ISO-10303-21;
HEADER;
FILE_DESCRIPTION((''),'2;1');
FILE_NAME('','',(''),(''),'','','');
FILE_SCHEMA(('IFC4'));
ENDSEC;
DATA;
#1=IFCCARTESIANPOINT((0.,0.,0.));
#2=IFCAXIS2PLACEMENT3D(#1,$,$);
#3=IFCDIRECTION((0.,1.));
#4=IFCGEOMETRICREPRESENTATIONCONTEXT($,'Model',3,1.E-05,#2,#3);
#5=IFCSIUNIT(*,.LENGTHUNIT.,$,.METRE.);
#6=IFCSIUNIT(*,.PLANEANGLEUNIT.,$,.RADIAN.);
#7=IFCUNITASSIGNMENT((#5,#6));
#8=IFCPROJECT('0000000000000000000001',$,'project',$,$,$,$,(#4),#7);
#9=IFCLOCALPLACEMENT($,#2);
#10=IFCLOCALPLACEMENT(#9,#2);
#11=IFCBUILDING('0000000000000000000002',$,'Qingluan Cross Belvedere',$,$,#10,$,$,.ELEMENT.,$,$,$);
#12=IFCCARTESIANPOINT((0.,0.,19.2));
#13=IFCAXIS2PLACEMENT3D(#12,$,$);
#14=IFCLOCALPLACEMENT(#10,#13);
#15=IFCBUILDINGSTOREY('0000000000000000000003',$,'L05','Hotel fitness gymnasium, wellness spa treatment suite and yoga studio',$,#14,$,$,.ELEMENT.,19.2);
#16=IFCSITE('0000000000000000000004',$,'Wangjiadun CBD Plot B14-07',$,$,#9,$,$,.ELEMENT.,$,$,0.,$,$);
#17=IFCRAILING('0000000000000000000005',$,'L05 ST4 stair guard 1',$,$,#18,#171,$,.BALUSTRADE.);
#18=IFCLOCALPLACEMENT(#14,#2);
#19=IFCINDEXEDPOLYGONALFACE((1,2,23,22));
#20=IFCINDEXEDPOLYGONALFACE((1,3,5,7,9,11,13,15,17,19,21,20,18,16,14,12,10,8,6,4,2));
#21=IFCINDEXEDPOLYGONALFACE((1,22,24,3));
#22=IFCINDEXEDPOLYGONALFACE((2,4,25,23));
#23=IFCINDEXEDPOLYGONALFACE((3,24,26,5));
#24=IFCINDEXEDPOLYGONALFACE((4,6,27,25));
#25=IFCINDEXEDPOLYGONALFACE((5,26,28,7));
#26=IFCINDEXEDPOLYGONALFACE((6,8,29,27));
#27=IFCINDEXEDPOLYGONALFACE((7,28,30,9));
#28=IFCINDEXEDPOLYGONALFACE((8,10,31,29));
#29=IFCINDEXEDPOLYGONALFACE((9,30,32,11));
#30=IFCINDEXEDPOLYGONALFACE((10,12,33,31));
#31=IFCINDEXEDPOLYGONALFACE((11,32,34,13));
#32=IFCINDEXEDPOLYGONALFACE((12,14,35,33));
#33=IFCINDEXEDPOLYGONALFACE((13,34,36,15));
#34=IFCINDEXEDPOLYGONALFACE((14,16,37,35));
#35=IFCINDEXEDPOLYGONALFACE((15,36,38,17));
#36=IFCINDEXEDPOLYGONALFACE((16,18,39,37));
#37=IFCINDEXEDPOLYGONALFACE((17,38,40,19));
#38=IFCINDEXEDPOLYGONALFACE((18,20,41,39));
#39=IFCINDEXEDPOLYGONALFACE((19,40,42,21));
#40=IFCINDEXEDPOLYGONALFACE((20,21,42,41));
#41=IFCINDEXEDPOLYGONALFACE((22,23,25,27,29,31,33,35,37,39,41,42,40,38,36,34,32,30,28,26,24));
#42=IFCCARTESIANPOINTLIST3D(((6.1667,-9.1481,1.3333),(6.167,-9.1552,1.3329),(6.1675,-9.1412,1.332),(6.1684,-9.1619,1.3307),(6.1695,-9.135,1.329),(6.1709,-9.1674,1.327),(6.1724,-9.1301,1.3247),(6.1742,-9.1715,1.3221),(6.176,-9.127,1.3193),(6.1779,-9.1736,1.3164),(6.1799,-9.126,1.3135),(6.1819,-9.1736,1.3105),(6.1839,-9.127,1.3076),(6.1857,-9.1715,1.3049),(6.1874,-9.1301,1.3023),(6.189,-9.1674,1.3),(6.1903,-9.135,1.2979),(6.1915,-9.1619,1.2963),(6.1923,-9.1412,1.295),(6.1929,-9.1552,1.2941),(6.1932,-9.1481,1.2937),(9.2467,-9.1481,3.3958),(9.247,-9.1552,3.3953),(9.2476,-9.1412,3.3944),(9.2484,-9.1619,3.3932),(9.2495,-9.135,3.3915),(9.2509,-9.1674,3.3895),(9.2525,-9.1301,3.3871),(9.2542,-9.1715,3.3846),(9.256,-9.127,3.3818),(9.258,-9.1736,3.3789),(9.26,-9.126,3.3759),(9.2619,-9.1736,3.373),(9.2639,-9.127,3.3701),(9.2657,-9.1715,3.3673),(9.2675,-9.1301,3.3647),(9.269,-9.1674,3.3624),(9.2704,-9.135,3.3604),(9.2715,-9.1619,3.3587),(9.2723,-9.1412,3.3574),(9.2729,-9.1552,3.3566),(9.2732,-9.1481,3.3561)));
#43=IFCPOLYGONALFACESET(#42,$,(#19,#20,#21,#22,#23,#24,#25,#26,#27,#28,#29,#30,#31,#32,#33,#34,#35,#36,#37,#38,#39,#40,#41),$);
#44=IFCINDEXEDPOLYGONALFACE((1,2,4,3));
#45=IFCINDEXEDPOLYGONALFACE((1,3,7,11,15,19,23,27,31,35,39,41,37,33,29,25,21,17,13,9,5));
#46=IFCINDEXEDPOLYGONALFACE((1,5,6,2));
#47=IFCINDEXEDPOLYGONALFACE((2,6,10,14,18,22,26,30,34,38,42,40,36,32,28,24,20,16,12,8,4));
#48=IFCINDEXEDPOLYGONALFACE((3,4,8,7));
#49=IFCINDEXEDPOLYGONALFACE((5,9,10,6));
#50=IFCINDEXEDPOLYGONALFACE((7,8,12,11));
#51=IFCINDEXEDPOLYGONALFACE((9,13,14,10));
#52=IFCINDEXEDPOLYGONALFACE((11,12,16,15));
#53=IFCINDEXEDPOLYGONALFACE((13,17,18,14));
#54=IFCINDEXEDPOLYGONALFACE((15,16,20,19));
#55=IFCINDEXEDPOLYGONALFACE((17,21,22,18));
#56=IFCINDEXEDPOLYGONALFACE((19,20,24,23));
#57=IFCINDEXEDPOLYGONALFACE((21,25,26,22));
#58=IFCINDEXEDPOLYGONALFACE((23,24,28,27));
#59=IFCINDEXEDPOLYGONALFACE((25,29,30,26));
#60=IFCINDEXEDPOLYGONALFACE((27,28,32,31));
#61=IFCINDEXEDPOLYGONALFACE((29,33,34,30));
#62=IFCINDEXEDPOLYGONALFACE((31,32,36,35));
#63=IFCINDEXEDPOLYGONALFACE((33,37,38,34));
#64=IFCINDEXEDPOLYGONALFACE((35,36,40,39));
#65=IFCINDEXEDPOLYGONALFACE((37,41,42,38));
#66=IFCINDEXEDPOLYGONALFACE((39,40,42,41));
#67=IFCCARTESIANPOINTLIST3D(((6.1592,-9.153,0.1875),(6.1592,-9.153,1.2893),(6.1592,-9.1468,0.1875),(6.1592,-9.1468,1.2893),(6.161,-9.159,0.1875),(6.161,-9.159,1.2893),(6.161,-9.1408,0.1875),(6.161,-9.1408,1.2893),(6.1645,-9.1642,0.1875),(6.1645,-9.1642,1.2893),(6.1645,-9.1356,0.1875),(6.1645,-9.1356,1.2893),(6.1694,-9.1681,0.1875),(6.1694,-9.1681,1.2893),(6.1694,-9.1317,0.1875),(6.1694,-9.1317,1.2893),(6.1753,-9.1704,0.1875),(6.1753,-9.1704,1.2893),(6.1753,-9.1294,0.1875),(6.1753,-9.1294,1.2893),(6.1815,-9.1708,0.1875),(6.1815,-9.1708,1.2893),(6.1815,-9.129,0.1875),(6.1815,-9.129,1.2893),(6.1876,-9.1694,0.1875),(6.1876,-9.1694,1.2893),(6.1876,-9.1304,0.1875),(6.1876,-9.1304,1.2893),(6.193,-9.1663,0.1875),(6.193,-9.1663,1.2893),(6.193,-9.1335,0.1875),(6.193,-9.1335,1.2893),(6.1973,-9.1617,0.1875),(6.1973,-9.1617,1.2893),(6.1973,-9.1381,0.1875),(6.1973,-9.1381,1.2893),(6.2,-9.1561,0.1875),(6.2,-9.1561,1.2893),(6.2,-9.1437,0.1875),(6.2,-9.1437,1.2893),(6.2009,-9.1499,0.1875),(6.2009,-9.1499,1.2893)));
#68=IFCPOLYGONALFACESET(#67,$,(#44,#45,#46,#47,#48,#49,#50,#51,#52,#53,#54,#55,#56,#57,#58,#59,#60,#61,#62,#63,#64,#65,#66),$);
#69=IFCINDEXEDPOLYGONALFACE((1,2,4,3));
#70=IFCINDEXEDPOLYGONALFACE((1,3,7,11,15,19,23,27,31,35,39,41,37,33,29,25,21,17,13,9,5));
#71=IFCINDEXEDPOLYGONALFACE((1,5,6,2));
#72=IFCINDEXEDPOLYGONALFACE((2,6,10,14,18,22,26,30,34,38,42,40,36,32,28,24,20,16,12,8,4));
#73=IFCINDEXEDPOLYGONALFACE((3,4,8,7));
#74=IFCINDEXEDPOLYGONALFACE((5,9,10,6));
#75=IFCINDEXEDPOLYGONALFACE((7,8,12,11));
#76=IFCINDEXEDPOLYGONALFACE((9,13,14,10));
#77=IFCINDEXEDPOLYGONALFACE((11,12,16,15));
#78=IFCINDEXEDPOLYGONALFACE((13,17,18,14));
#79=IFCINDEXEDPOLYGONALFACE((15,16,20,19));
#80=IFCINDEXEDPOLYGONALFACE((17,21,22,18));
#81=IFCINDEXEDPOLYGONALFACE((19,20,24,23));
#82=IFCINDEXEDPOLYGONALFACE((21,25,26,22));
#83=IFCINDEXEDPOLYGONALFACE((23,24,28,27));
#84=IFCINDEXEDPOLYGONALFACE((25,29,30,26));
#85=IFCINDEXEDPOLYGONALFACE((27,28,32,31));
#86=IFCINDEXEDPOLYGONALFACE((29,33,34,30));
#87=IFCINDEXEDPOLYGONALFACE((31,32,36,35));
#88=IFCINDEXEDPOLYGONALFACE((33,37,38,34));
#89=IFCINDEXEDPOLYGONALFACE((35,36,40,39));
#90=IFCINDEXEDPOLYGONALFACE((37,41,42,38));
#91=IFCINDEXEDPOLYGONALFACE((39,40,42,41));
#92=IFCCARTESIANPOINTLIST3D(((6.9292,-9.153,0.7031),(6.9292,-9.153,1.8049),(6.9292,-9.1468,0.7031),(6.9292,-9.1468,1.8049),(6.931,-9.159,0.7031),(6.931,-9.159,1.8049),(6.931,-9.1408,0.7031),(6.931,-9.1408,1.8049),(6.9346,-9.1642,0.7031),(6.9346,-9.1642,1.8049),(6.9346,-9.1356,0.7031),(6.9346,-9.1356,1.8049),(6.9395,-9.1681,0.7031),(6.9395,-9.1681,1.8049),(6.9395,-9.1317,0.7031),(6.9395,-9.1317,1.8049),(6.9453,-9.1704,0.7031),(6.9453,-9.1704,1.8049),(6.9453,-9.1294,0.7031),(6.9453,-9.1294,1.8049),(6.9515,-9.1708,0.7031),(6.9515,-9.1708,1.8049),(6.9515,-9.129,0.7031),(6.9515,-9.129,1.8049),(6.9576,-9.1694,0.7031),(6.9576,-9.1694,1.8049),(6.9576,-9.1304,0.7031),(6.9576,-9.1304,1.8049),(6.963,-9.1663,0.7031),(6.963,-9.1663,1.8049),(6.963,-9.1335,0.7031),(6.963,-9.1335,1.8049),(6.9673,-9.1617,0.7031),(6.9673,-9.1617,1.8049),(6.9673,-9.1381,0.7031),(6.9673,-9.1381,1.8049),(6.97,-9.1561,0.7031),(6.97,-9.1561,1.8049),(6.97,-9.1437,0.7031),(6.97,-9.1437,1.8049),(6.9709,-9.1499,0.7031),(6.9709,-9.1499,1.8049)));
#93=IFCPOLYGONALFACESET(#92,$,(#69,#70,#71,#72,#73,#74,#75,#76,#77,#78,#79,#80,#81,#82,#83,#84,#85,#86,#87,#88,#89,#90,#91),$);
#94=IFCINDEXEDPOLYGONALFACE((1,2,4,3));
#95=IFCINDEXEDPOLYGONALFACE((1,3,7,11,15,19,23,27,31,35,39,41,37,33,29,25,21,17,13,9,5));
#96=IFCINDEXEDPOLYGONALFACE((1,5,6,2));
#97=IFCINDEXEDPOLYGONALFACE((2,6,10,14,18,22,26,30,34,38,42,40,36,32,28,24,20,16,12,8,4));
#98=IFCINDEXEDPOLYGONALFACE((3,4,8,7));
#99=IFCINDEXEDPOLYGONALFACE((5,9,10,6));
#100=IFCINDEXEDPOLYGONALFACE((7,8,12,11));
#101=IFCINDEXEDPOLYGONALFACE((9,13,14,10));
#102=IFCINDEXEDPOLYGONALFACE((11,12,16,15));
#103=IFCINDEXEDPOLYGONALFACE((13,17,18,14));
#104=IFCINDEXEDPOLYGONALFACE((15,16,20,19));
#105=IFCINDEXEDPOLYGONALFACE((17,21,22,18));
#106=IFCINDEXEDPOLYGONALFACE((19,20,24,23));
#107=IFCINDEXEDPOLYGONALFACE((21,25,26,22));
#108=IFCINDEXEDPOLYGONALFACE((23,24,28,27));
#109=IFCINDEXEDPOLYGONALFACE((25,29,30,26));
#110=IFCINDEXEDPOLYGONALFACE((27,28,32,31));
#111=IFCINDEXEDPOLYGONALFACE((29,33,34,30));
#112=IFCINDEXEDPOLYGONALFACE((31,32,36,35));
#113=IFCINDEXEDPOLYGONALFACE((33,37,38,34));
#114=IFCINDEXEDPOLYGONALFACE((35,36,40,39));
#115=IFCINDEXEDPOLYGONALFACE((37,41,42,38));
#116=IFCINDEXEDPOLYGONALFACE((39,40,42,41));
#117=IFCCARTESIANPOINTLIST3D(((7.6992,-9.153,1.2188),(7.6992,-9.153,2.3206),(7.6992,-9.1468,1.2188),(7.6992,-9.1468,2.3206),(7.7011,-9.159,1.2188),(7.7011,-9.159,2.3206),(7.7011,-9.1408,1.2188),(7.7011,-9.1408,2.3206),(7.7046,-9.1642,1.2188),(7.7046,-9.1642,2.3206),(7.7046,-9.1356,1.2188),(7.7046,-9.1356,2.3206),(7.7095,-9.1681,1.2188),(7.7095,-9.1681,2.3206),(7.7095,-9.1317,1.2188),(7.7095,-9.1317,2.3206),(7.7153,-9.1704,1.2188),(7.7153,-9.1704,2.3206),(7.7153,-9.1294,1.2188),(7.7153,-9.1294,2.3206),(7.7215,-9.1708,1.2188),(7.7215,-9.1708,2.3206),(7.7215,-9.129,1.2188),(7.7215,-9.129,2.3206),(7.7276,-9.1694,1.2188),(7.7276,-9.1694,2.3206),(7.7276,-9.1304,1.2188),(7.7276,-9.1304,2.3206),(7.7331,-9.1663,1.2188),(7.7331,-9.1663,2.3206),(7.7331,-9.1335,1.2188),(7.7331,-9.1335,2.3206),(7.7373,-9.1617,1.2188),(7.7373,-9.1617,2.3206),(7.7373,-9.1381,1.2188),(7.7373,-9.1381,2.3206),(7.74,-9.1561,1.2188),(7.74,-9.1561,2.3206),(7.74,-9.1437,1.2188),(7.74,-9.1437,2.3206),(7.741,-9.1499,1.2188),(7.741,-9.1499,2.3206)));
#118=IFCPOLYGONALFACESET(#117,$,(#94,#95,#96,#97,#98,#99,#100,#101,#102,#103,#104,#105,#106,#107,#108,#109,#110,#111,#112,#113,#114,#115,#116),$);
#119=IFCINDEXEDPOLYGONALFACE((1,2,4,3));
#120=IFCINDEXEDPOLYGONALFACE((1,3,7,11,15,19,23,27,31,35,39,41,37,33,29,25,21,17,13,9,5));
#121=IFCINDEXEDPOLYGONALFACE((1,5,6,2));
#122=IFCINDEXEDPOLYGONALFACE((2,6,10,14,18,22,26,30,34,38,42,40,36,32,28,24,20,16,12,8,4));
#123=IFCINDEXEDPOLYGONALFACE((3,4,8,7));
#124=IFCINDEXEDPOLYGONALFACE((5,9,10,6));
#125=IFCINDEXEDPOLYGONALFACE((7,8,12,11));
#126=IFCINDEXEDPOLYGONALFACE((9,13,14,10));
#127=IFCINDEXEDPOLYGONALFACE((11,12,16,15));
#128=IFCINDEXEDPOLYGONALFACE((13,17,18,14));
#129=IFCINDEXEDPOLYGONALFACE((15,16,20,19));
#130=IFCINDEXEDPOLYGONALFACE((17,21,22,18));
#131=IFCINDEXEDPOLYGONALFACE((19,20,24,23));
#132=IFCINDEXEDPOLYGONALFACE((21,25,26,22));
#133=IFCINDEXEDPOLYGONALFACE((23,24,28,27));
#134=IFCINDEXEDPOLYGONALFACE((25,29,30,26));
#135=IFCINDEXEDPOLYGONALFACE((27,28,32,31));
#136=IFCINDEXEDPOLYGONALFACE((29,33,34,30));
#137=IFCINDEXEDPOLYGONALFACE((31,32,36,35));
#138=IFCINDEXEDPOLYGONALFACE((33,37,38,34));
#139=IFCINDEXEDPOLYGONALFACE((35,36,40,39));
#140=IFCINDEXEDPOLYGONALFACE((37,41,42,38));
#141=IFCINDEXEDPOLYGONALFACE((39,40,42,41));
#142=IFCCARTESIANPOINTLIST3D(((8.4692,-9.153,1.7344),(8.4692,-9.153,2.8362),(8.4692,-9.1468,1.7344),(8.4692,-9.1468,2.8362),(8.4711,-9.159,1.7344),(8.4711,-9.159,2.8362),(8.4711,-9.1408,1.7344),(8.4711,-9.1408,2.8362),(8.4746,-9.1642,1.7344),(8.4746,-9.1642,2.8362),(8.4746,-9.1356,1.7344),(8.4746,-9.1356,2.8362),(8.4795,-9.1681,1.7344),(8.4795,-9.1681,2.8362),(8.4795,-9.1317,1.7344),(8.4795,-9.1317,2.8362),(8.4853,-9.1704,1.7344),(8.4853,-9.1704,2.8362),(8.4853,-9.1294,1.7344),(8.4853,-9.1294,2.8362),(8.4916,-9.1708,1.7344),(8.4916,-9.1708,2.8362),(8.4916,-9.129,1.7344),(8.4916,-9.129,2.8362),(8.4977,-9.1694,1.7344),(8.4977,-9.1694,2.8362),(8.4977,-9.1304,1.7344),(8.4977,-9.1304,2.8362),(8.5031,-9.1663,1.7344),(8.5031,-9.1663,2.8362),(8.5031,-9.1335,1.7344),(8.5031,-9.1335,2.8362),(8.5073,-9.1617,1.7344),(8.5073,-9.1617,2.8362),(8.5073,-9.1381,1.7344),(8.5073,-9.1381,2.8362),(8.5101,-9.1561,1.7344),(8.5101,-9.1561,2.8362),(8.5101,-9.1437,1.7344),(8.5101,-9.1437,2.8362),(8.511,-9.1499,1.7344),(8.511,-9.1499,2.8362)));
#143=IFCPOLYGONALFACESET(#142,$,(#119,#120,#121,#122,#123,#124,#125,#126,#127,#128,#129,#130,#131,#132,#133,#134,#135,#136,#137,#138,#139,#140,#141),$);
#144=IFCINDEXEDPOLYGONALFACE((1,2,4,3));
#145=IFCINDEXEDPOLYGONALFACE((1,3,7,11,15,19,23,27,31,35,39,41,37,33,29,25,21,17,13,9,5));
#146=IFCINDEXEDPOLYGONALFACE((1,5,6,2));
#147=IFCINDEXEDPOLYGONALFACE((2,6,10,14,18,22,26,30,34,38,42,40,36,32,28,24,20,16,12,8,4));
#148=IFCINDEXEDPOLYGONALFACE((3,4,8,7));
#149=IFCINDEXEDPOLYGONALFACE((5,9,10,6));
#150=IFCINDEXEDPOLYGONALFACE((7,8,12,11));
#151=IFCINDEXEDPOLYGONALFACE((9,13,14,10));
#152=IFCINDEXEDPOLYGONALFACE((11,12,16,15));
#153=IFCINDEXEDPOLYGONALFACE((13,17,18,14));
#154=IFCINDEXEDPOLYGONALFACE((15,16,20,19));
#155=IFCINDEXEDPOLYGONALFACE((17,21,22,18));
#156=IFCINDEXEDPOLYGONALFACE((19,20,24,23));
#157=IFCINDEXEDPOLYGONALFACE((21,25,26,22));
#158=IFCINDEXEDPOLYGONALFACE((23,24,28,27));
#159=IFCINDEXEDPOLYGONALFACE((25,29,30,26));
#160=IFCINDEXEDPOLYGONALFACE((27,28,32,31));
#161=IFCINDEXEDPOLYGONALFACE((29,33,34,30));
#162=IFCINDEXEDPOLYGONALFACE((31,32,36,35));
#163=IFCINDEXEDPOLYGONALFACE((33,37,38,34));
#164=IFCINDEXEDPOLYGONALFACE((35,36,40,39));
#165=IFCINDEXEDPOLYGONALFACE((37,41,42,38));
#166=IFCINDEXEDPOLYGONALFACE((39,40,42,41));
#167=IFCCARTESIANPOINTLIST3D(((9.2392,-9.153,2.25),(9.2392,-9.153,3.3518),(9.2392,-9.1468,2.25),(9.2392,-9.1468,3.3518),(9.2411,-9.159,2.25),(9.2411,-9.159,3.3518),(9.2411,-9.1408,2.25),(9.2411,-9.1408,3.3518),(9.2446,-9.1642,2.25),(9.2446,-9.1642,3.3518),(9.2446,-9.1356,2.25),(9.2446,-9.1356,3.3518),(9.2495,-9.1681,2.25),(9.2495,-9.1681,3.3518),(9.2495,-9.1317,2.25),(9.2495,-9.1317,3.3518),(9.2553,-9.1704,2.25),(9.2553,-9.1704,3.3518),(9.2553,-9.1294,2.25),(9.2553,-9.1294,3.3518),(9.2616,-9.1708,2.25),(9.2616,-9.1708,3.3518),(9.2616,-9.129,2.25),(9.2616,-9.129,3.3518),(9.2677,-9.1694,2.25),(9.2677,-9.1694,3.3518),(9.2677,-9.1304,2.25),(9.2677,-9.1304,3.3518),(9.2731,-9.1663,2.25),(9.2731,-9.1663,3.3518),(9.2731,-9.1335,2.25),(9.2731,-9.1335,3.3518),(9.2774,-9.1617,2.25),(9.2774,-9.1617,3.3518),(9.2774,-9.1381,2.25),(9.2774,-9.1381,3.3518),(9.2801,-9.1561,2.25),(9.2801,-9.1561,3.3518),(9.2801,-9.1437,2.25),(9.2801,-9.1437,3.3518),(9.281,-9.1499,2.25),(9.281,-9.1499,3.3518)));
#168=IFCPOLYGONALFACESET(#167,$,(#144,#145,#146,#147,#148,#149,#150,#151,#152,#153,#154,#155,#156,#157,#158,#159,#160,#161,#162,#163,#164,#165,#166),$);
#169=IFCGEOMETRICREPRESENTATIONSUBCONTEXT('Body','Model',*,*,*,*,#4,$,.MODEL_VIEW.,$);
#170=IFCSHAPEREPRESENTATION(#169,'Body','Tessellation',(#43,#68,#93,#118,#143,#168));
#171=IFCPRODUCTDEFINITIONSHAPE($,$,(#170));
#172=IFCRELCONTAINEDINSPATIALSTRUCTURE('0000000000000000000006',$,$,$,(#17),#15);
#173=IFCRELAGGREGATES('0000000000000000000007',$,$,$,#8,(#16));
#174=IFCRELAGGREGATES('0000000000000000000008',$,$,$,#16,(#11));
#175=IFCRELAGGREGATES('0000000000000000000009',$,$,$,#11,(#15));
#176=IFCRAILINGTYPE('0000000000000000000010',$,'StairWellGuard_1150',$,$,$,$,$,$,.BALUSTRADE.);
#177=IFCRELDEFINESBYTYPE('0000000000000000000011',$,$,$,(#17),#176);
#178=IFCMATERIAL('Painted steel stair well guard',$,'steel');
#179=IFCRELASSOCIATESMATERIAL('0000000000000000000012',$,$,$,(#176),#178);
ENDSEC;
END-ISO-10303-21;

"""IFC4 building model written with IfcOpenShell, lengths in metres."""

from ifc_helpers import new_model, si_unit, direction, frame, origin, origin_2d, place, context, subcontext, project, spatial, circle, extrude, material, type_object, element, save


model = new_model("IFC4")

# Units and contexts
model_context = context("Model", 3, precision=1e-05, world=origin(), true_north=direction((0.0, 1.0)))
body_context = subcontext(model_context, "Body", "Model", "MODEL_VIEW")
ifc_project = project(units=[si_unit("LENGTHUNIT", "METRE"), si_unit("PLANEANGLEUNIT", "RADIAN")], contexts=[model_context])

# Site, building, storey
site_placement = place(None, origin())
site = spatial("IfcSite", under=ifc_project, at=site_placement, Name="Wangjiadun CBD Plot B14-07", CompositionType="ELEMENT", RefElevation=0.0)
building_placement = place(site_placement, origin())
building = spatial("IfcBuilding", under=site, at=building_placement, Name="Qingluan Cross Belvedere", CompositionType="ELEMENT")
storey_placement = place(building_placement, frame((0.0, 0.0, 19.2)))
storey = spatial("IfcBuildingStorey", under=building, at=storey_placement, Name="L05", Description="Hotel fitness gymnasium, wellness spa treatment suite and yoga studio", CompositionType="ELEMENT", Elevation=19.2)

# Railing
ifc_material_1 = material(Name="Painted steel stair well guard", Category="steel")
railing_type_1 = type_object("IfcRailingType", Name="StairWellGuard_1150", PredefinedType="BALUSTRADE", material=ifc_material_1)
railing_1_placement = place(storey_placement, frame((6.1799, -9.1499, 0.1875)))
element("IfcRailing", 1, at=railing_1_placement, inside=storey, type_object=railing_type_1, Name="L05 ST4 stair guard 1", PredefinedType="BALUSTRADE", context=body_context, shape_type="SweptSolid", body=[
    extrude(circle(Radius=0.0239, at=origin_2d()), frame((0.0, 0.0, 1.126), z_axis=(0.830914, 0.0, 0.556401), x_axis=(0.0, 1.0, 0.0)), (0.0, 0.0, 1.0), 3.7068),
    extrude(circle(Radius=0.021, at=origin_2d()), origin(), (0.0, 0.0, 1.0), 1.1018),
    extrude(circle(Radius=0.021, at=origin_2d()), frame((0.77, 0.0, 0.5156)), (0.0, 0.0, 1.0), 1.1018),
    extrude(circle(Radius=0.021, at=origin_2d()), frame((1.54, 0.0, 1.0312)), (0.0, 0.0, 1.0), 1.1018),
    extrude(circle(Radius=0.021, at=origin_2d()), frame((2.3101, 0.0, 1.5469)), (0.0, 0.0, 1.0), 1.1018),
    extrude(circle(Radius=0.021, at=origin_2d()), frame((3.0801, 0.0, 2.0625)), (0.0, 0.0, 1.0), 1.1018),
])

save(model, "model.ifc")
